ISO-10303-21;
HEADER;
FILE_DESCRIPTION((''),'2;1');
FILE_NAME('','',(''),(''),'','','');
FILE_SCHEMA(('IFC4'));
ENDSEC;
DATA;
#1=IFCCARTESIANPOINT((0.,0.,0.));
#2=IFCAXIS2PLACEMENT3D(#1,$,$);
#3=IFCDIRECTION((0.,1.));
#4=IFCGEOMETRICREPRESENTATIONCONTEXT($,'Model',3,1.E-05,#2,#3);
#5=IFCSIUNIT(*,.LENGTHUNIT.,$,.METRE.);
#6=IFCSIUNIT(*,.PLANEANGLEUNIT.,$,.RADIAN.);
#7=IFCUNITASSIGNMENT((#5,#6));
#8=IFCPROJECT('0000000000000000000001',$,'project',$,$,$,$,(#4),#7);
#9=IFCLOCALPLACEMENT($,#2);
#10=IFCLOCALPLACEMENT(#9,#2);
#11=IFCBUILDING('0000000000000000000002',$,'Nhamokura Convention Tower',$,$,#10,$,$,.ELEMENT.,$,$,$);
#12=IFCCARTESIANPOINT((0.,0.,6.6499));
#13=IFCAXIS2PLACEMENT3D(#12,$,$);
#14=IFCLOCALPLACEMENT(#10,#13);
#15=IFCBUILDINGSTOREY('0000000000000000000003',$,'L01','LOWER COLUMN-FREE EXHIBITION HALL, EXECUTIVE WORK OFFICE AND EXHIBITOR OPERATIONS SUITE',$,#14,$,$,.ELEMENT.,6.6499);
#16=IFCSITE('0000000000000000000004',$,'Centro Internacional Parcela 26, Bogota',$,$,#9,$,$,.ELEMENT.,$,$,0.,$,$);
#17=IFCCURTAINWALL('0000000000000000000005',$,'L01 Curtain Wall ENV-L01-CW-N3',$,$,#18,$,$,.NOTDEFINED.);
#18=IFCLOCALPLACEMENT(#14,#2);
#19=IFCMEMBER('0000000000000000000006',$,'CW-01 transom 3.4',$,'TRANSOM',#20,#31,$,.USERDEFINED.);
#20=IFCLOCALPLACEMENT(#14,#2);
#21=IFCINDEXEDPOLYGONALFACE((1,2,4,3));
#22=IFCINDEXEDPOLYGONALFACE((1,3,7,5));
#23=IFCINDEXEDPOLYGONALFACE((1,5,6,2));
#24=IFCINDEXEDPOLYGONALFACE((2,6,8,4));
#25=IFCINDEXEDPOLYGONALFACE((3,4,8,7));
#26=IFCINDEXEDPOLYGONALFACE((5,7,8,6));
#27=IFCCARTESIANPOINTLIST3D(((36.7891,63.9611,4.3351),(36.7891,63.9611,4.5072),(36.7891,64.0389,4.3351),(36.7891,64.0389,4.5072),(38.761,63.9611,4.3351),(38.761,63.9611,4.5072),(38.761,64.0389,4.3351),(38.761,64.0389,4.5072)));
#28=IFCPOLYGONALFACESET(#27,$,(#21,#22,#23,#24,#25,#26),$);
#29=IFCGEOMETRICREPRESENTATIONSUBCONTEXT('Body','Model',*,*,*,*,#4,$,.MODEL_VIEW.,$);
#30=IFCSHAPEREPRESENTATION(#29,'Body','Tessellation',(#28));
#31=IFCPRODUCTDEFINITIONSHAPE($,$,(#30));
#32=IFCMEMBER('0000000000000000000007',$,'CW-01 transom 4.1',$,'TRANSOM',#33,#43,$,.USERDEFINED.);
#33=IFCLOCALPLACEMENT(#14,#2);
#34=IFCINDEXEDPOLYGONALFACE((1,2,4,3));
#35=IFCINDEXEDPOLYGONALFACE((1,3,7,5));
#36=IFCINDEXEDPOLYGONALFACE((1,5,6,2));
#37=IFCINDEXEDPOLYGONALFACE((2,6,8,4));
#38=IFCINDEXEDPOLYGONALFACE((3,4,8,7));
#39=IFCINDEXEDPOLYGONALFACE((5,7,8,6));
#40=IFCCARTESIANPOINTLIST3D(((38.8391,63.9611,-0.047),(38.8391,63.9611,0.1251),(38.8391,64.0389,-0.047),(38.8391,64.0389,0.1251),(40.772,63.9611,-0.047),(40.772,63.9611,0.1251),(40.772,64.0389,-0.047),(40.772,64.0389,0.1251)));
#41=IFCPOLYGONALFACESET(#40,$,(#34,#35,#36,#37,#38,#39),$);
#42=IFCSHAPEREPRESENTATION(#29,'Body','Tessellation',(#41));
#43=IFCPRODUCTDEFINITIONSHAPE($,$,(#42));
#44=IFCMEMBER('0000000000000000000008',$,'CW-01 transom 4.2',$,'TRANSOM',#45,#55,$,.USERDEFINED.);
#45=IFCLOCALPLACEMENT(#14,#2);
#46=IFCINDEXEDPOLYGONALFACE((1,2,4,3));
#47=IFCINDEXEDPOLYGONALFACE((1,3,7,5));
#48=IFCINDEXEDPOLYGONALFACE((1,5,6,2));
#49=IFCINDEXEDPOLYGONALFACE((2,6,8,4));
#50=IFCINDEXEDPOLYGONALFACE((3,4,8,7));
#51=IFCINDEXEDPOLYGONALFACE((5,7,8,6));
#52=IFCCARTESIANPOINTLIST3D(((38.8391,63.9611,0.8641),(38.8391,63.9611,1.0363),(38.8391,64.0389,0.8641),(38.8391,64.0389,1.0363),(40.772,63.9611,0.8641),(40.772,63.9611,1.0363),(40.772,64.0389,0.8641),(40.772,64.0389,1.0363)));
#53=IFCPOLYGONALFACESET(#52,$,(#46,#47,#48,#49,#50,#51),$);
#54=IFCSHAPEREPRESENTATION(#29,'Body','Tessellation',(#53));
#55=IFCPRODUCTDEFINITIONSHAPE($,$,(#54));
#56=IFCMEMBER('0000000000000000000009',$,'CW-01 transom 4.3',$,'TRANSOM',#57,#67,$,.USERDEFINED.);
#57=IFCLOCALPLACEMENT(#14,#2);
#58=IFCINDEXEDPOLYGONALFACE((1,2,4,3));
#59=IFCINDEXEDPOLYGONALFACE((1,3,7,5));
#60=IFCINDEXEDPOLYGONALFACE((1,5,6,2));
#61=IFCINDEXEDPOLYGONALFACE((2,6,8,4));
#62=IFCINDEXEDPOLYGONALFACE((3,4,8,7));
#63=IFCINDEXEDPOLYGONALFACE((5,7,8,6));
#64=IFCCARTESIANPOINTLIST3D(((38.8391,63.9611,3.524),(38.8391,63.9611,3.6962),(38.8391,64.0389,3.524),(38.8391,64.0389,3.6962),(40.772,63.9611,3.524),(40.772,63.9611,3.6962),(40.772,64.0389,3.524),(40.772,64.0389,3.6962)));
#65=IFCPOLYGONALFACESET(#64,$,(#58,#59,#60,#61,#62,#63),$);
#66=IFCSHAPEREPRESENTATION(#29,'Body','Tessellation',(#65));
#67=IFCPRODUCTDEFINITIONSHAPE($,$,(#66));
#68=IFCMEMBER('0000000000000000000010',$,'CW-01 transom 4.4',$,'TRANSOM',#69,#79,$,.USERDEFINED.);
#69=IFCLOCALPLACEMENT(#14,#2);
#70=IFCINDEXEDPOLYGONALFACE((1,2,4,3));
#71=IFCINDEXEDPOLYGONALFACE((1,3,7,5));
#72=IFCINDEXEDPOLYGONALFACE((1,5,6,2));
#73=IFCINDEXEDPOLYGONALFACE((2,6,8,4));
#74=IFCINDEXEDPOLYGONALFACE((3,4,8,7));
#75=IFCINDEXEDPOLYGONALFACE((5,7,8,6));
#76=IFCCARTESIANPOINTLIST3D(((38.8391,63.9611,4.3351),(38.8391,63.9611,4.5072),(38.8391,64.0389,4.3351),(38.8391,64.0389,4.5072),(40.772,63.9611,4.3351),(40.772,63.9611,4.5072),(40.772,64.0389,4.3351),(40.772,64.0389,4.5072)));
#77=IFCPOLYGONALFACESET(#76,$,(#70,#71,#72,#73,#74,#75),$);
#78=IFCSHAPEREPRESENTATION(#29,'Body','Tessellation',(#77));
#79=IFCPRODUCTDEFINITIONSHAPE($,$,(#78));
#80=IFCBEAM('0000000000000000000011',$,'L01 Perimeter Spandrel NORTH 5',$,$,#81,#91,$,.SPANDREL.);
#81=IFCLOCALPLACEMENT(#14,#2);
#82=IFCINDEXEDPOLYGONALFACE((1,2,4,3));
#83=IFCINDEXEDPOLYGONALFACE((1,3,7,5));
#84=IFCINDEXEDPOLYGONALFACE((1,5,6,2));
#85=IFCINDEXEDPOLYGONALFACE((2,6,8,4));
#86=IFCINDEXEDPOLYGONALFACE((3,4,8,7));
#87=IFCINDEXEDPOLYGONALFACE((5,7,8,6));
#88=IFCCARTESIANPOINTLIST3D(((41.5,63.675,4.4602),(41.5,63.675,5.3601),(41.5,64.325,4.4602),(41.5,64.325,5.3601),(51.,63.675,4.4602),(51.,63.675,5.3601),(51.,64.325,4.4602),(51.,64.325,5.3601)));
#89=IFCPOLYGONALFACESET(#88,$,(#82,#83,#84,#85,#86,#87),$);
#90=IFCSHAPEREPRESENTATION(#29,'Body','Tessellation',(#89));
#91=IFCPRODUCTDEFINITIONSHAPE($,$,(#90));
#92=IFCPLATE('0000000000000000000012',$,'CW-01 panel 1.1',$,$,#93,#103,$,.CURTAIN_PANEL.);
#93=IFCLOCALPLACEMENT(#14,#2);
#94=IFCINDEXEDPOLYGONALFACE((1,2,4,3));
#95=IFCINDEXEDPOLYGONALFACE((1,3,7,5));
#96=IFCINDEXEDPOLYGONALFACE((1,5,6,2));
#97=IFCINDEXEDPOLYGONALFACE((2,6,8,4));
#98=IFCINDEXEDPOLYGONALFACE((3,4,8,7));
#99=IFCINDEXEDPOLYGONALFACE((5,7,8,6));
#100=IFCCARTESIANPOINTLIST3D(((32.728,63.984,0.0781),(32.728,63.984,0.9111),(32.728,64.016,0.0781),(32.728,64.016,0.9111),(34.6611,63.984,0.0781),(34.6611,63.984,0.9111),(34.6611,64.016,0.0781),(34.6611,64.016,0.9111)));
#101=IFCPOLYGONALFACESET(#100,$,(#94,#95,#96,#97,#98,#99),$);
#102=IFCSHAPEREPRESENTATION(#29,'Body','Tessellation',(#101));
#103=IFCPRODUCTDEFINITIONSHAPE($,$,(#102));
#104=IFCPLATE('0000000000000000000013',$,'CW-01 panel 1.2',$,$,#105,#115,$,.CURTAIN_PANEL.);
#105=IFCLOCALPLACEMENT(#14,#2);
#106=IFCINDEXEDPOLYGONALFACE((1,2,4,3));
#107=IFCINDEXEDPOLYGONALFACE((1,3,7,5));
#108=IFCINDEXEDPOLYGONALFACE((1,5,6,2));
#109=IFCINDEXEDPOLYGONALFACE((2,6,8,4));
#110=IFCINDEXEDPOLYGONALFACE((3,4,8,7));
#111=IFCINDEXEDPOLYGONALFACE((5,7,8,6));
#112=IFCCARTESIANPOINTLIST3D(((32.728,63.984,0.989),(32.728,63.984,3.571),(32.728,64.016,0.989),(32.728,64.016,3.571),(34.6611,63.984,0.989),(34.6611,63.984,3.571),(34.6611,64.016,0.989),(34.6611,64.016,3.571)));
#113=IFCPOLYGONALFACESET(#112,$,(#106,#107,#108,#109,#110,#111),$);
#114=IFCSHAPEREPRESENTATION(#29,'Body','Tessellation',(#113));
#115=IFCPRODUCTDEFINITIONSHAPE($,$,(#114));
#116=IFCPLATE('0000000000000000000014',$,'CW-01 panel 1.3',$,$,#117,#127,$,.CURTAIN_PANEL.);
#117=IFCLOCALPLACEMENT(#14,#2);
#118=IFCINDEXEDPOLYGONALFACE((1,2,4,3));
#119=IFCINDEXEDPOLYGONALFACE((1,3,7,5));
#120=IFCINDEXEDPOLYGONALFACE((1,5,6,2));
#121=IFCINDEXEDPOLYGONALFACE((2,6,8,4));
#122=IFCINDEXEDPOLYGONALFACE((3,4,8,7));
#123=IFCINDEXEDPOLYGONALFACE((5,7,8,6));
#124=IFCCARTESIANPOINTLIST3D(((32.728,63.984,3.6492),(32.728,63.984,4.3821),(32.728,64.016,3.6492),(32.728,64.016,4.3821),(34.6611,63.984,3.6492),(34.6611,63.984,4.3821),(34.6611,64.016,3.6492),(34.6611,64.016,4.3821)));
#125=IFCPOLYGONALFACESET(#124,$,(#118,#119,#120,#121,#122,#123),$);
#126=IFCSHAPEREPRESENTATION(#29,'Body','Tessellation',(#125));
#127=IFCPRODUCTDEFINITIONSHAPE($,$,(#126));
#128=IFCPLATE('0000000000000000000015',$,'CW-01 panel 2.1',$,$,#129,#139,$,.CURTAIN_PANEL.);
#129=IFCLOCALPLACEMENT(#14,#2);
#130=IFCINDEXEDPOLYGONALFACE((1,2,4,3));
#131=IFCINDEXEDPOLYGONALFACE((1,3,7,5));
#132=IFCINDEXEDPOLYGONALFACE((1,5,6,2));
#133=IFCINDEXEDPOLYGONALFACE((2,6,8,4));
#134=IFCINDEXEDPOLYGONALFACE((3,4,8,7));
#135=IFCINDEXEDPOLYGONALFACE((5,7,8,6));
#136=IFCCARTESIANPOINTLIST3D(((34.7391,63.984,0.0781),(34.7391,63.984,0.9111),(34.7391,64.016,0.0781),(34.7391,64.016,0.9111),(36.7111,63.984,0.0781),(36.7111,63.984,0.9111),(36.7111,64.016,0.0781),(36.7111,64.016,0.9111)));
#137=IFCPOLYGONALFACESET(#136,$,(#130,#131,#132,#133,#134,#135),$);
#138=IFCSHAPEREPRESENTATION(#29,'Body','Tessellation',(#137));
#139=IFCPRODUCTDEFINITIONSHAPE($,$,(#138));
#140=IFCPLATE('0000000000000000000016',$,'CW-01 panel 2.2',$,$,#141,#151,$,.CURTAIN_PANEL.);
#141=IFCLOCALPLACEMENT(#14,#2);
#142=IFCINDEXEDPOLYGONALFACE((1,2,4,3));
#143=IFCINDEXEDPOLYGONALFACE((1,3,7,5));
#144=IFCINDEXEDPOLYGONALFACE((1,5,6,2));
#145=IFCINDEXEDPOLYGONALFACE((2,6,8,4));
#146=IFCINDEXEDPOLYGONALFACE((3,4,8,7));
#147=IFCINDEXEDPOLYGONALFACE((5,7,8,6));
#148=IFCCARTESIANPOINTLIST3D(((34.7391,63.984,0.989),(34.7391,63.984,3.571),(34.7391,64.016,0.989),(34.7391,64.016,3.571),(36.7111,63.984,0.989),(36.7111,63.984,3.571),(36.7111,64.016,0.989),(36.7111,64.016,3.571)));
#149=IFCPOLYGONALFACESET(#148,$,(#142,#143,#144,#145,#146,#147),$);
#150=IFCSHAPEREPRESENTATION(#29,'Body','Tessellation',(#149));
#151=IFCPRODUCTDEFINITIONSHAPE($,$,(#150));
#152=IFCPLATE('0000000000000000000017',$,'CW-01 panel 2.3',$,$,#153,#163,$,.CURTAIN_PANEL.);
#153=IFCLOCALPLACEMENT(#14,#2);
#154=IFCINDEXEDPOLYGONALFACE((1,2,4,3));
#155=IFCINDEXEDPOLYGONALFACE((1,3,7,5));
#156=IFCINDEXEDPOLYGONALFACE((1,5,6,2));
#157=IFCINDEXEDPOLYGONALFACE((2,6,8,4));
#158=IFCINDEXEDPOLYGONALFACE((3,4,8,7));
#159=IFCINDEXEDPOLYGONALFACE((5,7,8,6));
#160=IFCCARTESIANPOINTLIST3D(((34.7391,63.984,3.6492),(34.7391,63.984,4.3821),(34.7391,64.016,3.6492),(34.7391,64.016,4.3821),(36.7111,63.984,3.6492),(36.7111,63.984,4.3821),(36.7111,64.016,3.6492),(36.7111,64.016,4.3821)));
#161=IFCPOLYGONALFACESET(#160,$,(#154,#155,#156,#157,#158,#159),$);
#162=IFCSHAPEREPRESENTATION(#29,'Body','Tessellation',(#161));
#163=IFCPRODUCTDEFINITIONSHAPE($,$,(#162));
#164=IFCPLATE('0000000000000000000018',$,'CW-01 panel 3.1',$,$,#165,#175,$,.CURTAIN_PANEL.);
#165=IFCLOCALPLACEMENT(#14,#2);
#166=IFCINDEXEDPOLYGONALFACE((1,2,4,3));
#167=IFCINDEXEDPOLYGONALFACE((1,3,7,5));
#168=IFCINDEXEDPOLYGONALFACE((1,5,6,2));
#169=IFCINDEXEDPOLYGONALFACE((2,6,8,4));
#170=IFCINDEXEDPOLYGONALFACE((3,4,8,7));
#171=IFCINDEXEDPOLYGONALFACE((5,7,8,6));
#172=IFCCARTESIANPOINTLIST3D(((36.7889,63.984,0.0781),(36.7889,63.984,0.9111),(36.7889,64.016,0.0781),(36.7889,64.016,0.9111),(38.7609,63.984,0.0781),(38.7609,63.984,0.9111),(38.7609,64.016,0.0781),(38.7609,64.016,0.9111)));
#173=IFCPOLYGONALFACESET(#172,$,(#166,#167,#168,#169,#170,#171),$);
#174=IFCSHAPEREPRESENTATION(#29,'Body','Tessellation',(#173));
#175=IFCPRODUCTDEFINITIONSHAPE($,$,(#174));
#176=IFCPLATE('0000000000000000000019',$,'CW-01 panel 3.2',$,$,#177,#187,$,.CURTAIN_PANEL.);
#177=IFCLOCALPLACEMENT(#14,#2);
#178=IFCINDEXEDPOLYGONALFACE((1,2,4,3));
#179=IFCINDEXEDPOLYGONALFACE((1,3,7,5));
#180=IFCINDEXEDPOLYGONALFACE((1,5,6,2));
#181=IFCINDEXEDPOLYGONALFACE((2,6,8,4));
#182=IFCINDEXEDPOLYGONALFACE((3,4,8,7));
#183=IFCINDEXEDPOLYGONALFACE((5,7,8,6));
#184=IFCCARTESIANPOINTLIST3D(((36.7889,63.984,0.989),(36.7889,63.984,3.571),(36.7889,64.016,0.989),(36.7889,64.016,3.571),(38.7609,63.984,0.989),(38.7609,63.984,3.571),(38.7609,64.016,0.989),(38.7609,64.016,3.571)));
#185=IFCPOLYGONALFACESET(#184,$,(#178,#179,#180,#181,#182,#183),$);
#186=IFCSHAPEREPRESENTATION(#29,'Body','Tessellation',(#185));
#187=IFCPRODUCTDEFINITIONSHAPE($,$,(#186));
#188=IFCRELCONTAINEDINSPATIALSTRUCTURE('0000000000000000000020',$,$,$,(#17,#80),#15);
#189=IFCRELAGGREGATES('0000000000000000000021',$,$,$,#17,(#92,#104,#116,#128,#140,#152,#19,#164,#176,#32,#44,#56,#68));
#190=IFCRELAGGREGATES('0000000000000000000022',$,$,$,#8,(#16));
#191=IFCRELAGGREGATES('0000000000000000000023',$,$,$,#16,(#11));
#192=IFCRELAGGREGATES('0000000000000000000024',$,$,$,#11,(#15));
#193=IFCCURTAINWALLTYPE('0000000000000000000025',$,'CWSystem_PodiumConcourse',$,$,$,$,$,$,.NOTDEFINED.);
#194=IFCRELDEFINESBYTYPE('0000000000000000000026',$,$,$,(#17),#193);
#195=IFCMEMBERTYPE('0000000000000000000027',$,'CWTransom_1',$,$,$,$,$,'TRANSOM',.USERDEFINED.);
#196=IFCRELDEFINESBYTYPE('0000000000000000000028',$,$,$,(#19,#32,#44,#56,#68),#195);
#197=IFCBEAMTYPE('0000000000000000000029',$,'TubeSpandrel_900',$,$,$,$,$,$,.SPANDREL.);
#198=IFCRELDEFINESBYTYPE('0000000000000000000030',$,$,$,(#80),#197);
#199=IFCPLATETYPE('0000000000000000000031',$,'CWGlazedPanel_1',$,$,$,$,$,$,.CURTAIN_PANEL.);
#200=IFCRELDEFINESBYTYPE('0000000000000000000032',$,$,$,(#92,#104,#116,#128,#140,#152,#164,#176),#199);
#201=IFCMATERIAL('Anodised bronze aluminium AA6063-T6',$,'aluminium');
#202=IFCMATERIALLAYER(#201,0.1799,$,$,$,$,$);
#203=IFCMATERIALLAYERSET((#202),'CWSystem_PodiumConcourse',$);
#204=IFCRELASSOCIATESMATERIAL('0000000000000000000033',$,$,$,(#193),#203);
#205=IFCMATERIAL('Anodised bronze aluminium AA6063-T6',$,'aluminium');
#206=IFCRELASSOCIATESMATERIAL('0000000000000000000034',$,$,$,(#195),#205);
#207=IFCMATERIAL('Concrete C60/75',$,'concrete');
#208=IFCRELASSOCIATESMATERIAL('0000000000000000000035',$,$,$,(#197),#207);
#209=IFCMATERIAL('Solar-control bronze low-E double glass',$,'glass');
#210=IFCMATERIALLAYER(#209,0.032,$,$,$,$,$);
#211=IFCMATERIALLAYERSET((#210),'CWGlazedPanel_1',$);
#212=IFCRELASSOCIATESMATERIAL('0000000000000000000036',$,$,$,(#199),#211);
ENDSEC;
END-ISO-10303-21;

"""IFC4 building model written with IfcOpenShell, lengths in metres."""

from ifc_helpers import new_model, si_unit, direction, frame, origin, origin_2d, place, context, subcontext, project, spatial, rectangle, extrude, material, layer, layer_set, material_profile, profile_set, type_object, element, aggregate, save


model = new_model("IFC4")

# Units and contexts
model_context = context("Model", 3, precision=1e-05, world=origin(), true_north=direction((0.0, 1.0)))
body_context = subcontext(model_context, "Body", "Model", "MODEL_VIEW")
ifc_project = project(units=[si_unit("LENGTHUNIT", "METRE"), si_unit("PLANEANGLEUNIT", "RADIAN")], contexts=[model_context])

# Site, building, storey
site_placement = place(None, origin())
site = spatial("IfcSite", under=ifc_project, at=site_placement, Name="Centro Internacional Parcela 26, Bogota", CompositionType="ELEMENT", RefElevation=0.0)
building_placement = place(site_placement, origin())
building = spatial("IfcBuilding", under=site, at=building_placement, Name="Nhamokura Convention Tower", CompositionType="ELEMENT")
storey_placement = place(building_placement, frame((0.0, 0.0, 6.6499)))
storey = spatial("IfcBuildingStorey", under=building, at=storey_placement, Name="L01", Description="LOWER COLUMN-FREE EXHIBITION HALL, EXECUTIVE WORK OFFICE AND EXHIBITOR OPERATIONS SUITE", CompositionType="ELEMENT", Elevation=6.6499)

# Curtain wall, members
ifc_material_1 = material(Name="Anodised bronze aluminium AA6063-T6", Category="aluminium")
ifc_layer_1 = layer(ifc_material_1, 0.1799)
ifc_layer_set_1 = layer_set([ifc_layer_1], Name="CWSystem_PodiumConcourse")
curtain_wall_type = type_object("IfcCurtainWallType", Name="CWSystem_PodiumConcourse", PredefinedType="NOTDEFINED", material=ifc_layer_set_1)
curtain_wall_placement = place(storey_placement, origin())
curtain_wall = element("IfcCurtainWall", 1, at=curtain_wall_placement, inside=storey, type_object=curtain_wall_type, Name="L01 Curtain Wall ENV-L01-CW-N3", PredefinedType="NOTDEFINED")
ifc_material_2 = material(Name="Anodised bronze aluminium AA6063-T6", Category="aluminium")
ifc_material_profile_1 = material_profile(ifc_material_2, rectangle(XDim=0.0779, YDim=0.1721, at=origin_2d()))
ifc_profile_set_1 = profile_set([ifc_material_profile_1], Name="Anodised bronze aluminium AA6063-T6")
member_type_1 = type_object("IfcMemberType", Name="CWTransom_1", ElementType="TRANSOM", PredefinedType="USERDEFINED", material=ifc_profile_set_1)
member_1_placement = place(storey_placement, frame((36.7891, 64.0, 4.4211), z_axis=(1.0, 0.0, 0.0), x_axis=(0.0, 1.0, 0.0)))
member_1 = element("IfcMember", 2, at=member_1_placement, type_object=member_type_1, Name="CW-01 transom 3.4", ObjectType="TRANSOM", PredefinedType="USERDEFINED", context=body_context, shape_type="SweptSolid", body=[
    extrude(rectangle(XDim=0.0779, YDim=0.1721, at=origin_2d()), origin(), (0.0, 0.0, 1.0), 1.9719),
])
member_2_placement = place(storey_placement, frame((38.8391, 64.0, 0.0391), z_axis=(1.0, 0.0, 0.0), x_axis=(0.0, 1.0, 0.0)))
member_2 = element("IfcMember", 3, at=member_2_placement, type_object=member_type_1, Name="CW-01 transom 4.1", ObjectType="TRANSOM", PredefinedType="USERDEFINED", context=body_context, shape_type="SweptSolid", body=[
    extrude(rectangle(XDim=0.0779, YDim=0.1721, at=origin_2d()), origin(), (0.0, 0.0, 1.0), 1.9329),
])
member_3_placement = place(storey_placement, frame((38.8391, 64.0, 0.9502), z_axis=(1.0, 0.0, 0.0), x_axis=(0.0, 1.0, 0.0)))
member_3 = element("IfcMember", 4, at=member_3_placement, type_object=member_type_1, Name="CW-01 transom 4.2", ObjectType="TRANSOM", PredefinedType="USERDEFINED", context=body_context, shape_type="SweptSolid", body=[
    extrude(rectangle(XDim=0.0779, YDim=0.1721, at=origin_2d()), origin(), (0.0, 0.0, 1.0), 1.9329),
])
member_4_placement = place(storey_placement, frame((38.8391, 64.0, 3.6101), z_axis=(1.0, 0.0, 0.0), x_axis=(0.0, 1.0, 0.0)))
member_4 = element("IfcMember", 5, at=member_4_placement, type_object=member_type_1, Name="CW-01 transom 4.3", ObjectType="TRANSOM", PredefinedType="USERDEFINED", context=body_context, shape_type="SweptSolid", body=[
    extrude(rectangle(XDim=0.0779, YDim=0.1721, at=origin_2d()), origin(), (0.0, 0.0, 1.0), 1.9329),
])
member_5_placement = place(storey_placement, frame((38.8391, 64.0, 4.4211), z_axis=(1.0, 0.0, 0.0), x_axis=(0.0, 1.0, 0.0)))
member_5 = element("IfcMember", 6, at=member_5_placement, type_object=member_type_1, Name="CW-01 transom 4.4", ObjectType="TRANSOM", PredefinedType="USERDEFINED", context=body_context, shape_type="SweptSolid", body=[
    extrude(rectangle(XDim=0.0779, YDim=0.1721, at=origin_2d()), origin(), (0.0, 0.0, 1.0), 1.9329),
])

# Beam
ifc_material_3 = material(Name="Concrete C60/75", Category="concrete")
ifc_material_profile_2 = material_profile(ifc_material_3, rectangle(XDim=0.6499, YDim=0.8999, at=origin_2d()))
ifc_profile_set_2 = profile_set([ifc_material_profile_2], Name="Concrete C60/75")
beam_type = type_object("IfcBeamType", Name="TubeSpandrel_900", PredefinedType="SPANDREL", material=ifc_profile_set_2)
beam_placement = place(storey_placement, frame((41.5, 64.0, 4.9102), z_axis=(1.0, 0.0, 0.0), x_axis=(0.0, 1.0, 0.0)))
element("IfcBeam", 7, at=beam_placement, inside=storey, type_object=beam_type, Name="L01 Perimeter Spandrel NORTH 5", PredefinedType="SPANDREL", context=body_context, shape_type="SweptSolid", body=[
    extrude(rectangle(XDim=0.6499, YDim=0.8999, at=origin_2d()), origin(), (0.0, 0.0, 1.0), 9.5),
])

# Plates
ifc_material_4 = material(Name="Solar-control bronze low-E double glass", Category="glass")
ifc_layer_2 = layer(ifc_material_4, 0.032)
ifc_layer_set_2 = layer_set([ifc_layer_2], Name="CWGlazedPanel_1")
plate_type = type_object("IfcPlateType", Name="CWGlazedPanel_1", PredefinedType="CURTAIN_PANEL", material=ifc_layer_set_2)
plate_1_placement = place(storey_placement, frame((33.6946, 64.0, 0.0781), z_axis=(0.0, 0.0, 1.0), x_axis=(1.0, 0.0, 0.0)))
plate_1 = element("IfcPlate", 8, at=plate_1_placement, type_object=plate_type, Name="CW-01 panel 1.1", PredefinedType="CURTAIN_PANEL", context=body_context, shape_type="SweptSolid", body=[
    extrude(rectangle(XDim=1.9331, YDim=0.032, at=origin_2d()), origin(), (0.0, 0.0, 1.0), 0.833),
])
plate_2_placement = place(storey_placement, frame((33.6946, 64.0, 0.989), z_axis=(0.0, 0.0, 1.0), x_axis=(1.0, 0.0, 0.0)))
plate_2 = element("IfcPlate", 9, at=plate_2_placement, type_object=plate_type, Name="CW-01 panel 1.2", PredefinedType="CURTAIN_PANEL", context=body_context, shape_type="SweptSolid", body=[
    extrude(rectangle(XDim=1.9331, YDim=0.032, at=origin_2d()), origin(), (0.0, 0.0, 1.0), 2.582),
])
plate_3_placement = place(storey_placement, frame((33.6946, 64.0, 3.6492), z_axis=(0.0, 0.0, 1.0), x_axis=(1.0, 0.0, 0.0)))
plate_3 = element("IfcPlate", 10, at=plate_3_placement, type_object=plate_type, Name="CW-01 panel 1.3", PredefinedType="CURTAIN_PANEL", context=body_context, shape_type="SweptSolid", body=[
    extrude(rectangle(XDim=1.9331, YDim=0.032, at=origin_2d()), origin(), (0.0, 0.0, 1.0), 0.7329),
])
plate_4_placement = place(storey_placement, frame((35.7251, 64.0, 0.0781), z_axis=(0.0, 0.0, 1.0), x_axis=(1.0, 0.0, 0.0)))
plate_4 = element("IfcPlate", 11, at=plate_4_placement, type_object=plate_type, Name="CW-01 panel 2.1", PredefinedType="CURTAIN_PANEL", context=body_context, shape_type="SweptSolid", body=[
    extrude(rectangle(XDim=1.9719, YDim=0.032, at=origin_2d()), origin(), (0.0, 0.0, 1.0), 0.833),
])
plate_5_placement = place(storey_placement, frame((35.7251, 64.0, 0.989), z_axis=(0.0, 0.0, 1.0), x_axis=(1.0, 0.0, 0.0)))
plate_5 = element("IfcPlate", 12, at=plate_5_placement, type_object=plate_type, Name="CW-01 panel 2.2", PredefinedType="CURTAIN_PANEL", context=body_context, shape_type="SweptSolid", body=[
    extrude(rectangle(XDim=1.9719, YDim=0.032, at=origin_2d()), origin(), (0.0, 0.0, 1.0), 2.582),
])
plate_6_placement = place(storey_placement, frame((35.7251, 64.0, 3.6492), z_axis=(0.0, 0.0, 1.0), x_axis=(1.0, 0.0, 0.0)))
plate_6 = element("IfcPlate", 13, at=plate_6_placement, type_object=plate_type, Name="CW-01 panel 2.3", PredefinedType="CURTAIN_PANEL", context=body_context, shape_type="SweptSolid", body=[
    extrude(rectangle(XDim=1.9719, YDim=0.032, at=origin_2d()), origin(), (0.0, 0.0, 1.0), 0.7329),
])
plate_7_placement = place(storey_placement, frame((37.7749, 64.0, 0.0781), z_axis=(0.0, 0.0, 1.0), x_axis=(1.0, 0.0, 0.0)))
plate_7 = element("IfcPlate", 14, at=plate_7_placement, type_object=plate_type, Name="CW-01 panel 3.1", PredefinedType="CURTAIN_PANEL", context=body_context, shape_type="SweptSolid", body=[
    extrude(rectangle(XDim=1.9719, YDim=0.032, at=origin_2d()), origin(), (0.0, 0.0, 1.0), 0.833),
])
plate_8_placement = place(storey_placement, frame((37.7749, 64.0, 0.989), z_axis=(0.0, 0.0, 1.0), x_axis=(1.0, 0.0, 0.0)))
plate_8 = element("IfcPlate", 15, at=plate_8_placement, type_object=plate_type, Name="CW-01 panel 3.2", PredefinedType="CURTAIN_PANEL", context=body_context, shape_type="SweptSolid", body=[
    extrude(rectangle(XDim=1.9719, YDim=0.032, at=origin_2d()), origin(), (0.0, 0.0, 1.0), 2.582),
])
aggregate(curtain_wall, [plate_1, plate_2, plate_3, plate_4, plate_5, plate_6, member_1, plate_7, plate_8, member_2, member_3, member_4, member_5])

save(model, "model.ifc")
